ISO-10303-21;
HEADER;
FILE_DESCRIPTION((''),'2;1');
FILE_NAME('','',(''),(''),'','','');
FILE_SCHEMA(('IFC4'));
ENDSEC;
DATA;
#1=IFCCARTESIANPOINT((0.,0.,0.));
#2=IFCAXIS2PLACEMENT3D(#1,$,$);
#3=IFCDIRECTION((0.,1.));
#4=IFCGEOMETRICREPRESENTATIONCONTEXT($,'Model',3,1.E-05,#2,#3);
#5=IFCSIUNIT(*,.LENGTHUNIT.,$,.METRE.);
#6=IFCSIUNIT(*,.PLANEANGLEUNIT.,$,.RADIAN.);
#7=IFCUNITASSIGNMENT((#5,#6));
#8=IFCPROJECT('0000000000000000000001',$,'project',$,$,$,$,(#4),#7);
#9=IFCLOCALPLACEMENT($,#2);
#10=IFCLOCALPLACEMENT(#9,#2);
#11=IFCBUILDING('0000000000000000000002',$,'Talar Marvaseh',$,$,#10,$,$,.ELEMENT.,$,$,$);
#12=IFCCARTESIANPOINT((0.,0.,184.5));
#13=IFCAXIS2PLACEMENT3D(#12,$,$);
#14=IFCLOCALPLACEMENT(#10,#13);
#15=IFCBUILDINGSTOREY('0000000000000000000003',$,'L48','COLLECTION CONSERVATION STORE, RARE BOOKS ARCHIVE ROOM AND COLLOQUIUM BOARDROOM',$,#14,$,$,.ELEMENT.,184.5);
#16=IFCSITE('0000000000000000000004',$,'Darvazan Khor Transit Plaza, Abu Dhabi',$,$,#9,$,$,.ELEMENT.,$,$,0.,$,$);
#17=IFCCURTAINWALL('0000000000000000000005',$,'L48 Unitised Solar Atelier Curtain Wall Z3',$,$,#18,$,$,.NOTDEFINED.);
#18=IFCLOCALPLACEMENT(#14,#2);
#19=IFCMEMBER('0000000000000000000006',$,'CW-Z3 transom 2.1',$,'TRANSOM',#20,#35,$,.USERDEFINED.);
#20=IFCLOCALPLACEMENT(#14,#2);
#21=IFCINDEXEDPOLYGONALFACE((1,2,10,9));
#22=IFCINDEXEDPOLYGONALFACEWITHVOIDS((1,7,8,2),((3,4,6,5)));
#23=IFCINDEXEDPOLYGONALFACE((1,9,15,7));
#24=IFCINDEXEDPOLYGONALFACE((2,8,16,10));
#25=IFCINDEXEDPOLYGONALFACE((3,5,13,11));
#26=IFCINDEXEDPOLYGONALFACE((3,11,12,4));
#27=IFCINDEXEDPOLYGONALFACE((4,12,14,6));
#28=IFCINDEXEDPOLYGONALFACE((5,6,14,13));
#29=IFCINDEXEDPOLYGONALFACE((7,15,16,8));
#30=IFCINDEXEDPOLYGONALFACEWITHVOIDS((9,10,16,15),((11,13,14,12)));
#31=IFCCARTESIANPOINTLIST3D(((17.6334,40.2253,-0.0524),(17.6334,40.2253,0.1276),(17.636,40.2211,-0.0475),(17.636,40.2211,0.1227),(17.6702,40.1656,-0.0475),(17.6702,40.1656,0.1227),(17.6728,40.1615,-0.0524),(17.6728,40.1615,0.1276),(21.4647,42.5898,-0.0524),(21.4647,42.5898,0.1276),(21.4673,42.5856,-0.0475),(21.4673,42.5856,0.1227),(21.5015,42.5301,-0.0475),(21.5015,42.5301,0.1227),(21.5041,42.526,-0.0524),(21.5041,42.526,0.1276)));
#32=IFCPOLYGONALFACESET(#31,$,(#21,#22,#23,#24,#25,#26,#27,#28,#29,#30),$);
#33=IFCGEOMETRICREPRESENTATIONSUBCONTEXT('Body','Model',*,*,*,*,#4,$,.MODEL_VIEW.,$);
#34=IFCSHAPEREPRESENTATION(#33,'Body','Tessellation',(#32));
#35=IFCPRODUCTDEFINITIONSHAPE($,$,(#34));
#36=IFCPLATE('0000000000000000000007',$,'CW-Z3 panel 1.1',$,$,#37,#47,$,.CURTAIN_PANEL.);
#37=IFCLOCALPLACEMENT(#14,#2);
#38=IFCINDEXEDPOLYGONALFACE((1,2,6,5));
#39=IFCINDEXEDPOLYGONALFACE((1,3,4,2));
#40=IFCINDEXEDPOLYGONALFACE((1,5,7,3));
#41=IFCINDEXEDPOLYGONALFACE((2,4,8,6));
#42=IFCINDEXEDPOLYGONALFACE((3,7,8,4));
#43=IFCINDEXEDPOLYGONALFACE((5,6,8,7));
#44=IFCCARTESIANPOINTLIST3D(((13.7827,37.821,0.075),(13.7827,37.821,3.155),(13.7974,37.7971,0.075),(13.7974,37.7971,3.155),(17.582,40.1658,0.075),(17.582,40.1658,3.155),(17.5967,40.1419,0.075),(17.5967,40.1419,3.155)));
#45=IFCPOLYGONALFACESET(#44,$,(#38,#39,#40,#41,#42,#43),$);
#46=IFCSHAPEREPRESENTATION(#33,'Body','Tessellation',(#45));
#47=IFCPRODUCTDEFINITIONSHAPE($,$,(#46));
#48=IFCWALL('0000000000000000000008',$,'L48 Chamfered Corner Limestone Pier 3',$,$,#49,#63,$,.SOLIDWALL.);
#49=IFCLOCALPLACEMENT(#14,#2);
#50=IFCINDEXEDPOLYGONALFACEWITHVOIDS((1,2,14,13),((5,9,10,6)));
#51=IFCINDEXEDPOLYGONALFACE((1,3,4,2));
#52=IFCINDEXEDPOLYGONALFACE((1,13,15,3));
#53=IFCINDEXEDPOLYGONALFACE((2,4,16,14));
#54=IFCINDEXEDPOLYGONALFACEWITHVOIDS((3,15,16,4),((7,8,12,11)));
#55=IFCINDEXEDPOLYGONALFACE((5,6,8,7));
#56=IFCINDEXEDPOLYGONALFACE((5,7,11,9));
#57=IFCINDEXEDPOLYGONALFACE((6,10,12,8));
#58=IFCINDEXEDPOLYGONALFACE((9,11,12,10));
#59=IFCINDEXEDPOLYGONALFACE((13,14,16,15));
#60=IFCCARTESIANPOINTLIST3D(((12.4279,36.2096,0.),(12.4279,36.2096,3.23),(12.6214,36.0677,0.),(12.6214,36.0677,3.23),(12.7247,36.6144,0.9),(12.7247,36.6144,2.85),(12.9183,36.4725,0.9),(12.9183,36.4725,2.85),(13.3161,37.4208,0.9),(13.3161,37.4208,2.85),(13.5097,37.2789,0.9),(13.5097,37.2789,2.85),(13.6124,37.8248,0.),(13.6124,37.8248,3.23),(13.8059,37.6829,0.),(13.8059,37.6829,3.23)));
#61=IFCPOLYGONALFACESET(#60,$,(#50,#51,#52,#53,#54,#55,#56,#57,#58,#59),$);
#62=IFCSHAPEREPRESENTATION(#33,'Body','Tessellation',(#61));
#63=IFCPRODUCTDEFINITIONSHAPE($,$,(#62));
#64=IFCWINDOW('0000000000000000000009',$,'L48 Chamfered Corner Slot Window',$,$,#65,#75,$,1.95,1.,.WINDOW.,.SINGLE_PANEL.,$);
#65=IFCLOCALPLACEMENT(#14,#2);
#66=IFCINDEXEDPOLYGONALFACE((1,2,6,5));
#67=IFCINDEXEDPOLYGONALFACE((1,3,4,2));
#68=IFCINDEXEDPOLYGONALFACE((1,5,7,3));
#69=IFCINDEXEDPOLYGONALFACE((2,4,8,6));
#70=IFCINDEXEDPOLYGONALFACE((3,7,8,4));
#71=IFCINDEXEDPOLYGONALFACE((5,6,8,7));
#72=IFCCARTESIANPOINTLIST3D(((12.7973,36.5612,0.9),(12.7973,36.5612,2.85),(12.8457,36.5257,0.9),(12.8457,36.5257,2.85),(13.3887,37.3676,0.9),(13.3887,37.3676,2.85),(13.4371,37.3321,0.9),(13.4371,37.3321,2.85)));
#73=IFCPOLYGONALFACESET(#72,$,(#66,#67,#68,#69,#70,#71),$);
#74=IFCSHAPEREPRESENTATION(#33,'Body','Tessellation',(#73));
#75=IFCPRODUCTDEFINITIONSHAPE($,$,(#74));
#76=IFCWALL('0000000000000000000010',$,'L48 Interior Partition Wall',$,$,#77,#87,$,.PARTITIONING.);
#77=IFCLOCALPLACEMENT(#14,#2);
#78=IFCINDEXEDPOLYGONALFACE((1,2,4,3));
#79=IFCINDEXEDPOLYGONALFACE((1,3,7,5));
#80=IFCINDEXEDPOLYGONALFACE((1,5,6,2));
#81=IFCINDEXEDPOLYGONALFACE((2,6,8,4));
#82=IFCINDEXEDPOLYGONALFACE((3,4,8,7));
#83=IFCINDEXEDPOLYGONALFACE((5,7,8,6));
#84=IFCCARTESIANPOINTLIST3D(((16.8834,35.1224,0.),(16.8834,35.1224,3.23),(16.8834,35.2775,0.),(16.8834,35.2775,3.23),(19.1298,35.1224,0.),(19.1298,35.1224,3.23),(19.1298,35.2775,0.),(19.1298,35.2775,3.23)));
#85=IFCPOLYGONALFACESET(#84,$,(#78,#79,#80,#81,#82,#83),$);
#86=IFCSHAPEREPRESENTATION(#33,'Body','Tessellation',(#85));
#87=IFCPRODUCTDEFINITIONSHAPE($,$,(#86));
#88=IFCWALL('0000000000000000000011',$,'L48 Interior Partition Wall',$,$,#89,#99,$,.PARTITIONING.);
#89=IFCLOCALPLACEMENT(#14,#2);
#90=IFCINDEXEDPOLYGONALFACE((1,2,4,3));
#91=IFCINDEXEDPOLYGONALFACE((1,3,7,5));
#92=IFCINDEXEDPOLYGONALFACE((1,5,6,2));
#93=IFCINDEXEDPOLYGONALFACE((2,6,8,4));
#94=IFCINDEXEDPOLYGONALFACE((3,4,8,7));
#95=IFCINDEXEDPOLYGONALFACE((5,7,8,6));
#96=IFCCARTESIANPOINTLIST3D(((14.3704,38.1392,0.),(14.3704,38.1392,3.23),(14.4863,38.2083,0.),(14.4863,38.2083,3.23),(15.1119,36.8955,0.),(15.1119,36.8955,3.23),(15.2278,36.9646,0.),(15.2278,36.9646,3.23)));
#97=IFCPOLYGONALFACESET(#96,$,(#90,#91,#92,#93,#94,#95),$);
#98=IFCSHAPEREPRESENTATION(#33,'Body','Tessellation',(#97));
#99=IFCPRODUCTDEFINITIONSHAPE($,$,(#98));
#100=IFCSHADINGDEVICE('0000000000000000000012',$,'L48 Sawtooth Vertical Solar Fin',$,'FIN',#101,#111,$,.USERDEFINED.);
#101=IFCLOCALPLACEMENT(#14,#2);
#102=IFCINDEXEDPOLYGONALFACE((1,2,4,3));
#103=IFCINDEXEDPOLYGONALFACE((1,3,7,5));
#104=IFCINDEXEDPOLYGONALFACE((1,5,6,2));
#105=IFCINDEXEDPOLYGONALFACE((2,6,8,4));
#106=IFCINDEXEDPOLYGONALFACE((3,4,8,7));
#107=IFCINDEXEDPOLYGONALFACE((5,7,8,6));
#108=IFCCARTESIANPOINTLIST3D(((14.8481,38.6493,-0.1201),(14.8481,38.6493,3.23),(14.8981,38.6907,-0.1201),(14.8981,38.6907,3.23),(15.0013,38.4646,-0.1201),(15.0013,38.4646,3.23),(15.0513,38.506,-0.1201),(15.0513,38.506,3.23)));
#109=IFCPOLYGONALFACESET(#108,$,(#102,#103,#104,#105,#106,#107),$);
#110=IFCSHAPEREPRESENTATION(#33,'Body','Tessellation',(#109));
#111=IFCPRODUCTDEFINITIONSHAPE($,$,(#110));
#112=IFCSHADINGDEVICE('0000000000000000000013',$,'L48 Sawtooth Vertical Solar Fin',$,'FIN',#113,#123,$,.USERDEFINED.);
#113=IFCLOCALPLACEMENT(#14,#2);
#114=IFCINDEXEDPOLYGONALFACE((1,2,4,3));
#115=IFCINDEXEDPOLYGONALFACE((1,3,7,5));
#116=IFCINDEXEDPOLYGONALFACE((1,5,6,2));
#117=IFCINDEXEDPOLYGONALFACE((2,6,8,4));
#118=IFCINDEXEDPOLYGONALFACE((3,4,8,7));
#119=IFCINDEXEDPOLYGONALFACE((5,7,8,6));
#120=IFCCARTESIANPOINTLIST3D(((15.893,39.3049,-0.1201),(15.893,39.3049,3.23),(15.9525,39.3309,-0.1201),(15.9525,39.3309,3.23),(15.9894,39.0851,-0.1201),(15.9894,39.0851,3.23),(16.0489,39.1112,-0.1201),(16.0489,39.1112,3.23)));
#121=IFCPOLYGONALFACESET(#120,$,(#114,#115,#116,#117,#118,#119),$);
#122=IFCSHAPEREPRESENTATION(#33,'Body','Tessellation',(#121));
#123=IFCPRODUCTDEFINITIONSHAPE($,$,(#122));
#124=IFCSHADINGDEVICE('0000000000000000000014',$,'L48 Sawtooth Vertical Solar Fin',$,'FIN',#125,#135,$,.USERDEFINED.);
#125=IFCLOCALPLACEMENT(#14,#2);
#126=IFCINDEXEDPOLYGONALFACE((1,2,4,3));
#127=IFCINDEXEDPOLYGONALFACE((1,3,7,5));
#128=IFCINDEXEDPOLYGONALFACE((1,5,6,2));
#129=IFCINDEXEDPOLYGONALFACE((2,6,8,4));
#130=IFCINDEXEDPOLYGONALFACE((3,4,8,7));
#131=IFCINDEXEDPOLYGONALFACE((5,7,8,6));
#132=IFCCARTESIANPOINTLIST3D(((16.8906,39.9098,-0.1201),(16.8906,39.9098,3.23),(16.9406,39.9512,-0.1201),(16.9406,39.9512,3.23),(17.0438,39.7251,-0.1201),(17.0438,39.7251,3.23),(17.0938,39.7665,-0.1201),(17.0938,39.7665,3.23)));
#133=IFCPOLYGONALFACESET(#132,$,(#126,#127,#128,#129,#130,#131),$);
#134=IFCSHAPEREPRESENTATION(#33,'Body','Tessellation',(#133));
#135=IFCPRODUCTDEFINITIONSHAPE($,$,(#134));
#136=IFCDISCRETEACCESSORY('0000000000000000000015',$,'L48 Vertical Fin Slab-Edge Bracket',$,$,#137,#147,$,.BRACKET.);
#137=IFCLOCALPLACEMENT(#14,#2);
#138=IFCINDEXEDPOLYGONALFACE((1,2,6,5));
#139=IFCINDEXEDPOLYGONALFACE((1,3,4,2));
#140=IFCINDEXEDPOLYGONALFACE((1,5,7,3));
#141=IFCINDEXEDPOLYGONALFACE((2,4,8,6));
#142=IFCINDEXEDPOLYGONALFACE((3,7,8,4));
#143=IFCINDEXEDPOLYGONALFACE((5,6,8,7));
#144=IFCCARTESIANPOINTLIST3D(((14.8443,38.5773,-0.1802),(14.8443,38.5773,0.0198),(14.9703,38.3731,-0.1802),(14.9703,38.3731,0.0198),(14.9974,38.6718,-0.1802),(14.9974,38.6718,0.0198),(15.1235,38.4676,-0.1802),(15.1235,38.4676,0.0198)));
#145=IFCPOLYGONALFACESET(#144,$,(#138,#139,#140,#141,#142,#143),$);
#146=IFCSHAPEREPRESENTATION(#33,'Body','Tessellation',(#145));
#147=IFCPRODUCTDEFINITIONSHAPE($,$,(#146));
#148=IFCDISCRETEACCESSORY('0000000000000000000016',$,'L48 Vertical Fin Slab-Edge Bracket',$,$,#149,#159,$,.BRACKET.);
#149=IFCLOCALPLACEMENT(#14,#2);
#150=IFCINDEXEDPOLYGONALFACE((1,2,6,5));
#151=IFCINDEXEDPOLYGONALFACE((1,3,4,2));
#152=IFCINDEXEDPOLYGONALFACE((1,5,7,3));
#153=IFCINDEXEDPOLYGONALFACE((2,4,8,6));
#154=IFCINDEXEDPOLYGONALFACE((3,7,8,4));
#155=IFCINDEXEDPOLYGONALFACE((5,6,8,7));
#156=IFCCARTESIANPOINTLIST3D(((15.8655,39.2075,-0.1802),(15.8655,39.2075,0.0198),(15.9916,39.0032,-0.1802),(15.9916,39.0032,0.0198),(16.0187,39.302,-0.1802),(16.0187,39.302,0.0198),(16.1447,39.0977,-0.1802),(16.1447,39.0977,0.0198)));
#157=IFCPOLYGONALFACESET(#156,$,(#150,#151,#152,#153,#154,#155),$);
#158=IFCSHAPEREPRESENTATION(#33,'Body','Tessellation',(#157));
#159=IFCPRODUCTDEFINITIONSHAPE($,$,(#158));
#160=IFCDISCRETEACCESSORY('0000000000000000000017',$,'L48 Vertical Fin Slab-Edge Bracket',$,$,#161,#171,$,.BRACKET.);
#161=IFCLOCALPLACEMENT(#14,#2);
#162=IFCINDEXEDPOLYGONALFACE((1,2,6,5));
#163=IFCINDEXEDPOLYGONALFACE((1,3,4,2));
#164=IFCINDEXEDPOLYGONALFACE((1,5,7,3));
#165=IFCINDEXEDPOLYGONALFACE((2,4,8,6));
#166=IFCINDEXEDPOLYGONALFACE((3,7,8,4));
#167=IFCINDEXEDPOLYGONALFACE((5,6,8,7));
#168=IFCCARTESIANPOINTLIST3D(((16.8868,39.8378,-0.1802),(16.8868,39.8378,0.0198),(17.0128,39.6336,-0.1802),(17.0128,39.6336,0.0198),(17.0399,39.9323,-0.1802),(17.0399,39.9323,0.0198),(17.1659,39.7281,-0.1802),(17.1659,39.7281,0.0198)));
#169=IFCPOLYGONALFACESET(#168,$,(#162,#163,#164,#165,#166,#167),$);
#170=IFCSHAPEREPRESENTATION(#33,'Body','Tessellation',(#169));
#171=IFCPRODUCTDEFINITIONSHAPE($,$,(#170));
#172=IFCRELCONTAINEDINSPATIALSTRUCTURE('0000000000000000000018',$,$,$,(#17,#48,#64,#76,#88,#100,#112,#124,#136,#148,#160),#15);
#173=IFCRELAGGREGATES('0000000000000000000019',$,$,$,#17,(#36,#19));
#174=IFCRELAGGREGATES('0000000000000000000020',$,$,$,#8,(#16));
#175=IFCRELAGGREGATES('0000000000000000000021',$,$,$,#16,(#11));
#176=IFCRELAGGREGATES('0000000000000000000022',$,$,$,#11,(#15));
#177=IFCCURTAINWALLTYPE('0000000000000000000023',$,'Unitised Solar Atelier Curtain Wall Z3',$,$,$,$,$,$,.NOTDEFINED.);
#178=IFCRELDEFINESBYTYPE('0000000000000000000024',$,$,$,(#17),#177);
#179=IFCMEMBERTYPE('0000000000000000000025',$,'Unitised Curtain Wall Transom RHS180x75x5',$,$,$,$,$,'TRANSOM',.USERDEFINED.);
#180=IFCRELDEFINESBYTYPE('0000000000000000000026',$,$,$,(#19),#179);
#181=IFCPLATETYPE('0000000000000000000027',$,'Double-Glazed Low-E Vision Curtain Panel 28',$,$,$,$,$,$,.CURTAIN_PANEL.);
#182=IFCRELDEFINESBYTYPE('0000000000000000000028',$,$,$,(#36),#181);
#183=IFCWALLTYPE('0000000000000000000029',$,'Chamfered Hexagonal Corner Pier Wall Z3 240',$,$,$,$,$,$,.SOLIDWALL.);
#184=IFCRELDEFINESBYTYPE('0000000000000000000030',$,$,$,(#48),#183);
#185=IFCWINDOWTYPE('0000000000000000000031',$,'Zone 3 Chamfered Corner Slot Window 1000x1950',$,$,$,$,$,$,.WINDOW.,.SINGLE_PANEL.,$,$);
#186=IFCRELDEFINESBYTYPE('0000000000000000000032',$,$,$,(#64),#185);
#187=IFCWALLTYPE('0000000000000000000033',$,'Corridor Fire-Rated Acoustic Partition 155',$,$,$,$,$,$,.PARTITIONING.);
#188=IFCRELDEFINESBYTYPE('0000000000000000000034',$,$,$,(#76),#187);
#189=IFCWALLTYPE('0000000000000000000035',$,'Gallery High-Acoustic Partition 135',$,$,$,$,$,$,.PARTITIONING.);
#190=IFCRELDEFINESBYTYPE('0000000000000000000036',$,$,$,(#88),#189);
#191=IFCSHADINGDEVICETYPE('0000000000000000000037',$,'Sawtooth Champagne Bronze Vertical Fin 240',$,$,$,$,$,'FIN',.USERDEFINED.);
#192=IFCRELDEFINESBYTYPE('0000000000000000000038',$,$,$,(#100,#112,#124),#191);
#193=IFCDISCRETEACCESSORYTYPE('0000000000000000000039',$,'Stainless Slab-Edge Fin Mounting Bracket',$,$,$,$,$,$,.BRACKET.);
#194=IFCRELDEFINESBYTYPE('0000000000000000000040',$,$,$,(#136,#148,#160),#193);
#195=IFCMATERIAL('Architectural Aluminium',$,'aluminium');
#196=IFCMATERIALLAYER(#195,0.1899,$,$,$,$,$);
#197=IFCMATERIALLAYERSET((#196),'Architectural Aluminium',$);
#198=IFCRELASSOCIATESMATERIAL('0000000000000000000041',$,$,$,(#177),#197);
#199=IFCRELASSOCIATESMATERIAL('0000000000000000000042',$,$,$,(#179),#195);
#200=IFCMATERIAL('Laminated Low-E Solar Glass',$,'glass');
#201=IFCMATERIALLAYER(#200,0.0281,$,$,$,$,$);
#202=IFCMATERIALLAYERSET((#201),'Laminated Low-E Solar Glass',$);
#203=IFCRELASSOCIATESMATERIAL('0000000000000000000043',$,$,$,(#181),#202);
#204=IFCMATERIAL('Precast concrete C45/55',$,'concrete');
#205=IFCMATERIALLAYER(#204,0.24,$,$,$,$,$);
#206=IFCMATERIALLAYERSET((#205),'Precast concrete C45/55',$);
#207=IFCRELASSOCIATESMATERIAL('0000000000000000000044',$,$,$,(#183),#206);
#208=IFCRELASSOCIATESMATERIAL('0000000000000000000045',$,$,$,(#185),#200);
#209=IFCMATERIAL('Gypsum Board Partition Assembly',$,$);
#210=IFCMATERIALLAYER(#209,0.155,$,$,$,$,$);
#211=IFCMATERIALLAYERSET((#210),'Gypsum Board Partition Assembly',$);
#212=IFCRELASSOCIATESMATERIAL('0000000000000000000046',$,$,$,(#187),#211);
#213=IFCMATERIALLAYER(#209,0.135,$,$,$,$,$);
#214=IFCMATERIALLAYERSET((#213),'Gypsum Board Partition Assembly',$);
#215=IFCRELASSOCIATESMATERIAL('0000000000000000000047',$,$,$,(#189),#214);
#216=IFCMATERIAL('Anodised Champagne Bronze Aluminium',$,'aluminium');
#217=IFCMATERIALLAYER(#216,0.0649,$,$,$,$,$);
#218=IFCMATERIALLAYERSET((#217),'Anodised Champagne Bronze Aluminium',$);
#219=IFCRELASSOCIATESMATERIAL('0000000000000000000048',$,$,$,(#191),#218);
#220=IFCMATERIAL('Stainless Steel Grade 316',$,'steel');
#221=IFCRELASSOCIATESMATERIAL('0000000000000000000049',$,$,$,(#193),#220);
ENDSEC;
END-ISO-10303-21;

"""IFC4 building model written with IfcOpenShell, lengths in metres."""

from ifc_helpers import new_model, si_unit, direction, frame, frame_2d, origin, origin_2d, place, context, subcontext, project, spatial, rectangle, hollow_rectangle, extrude, source, transform, mapped, material, layer, layer_set, material_profile, profile_set, type_object, type_shapes, element, fill, aggregate, save


model = new_model("IFC4")

# Units and contexts
model_context = context("Model", 3, precision=1e-05, world=origin(), true_north=direction((0.0, 1.0)))
body_context = subcontext(model_context, "Body", "Model", "MODEL_VIEW")
ifc_project = project(units=[si_unit("LENGTHUNIT", "METRE"), si_unit("PLANEANGLEUNIT", "RADIAN")], contexts=[model_context])

# Site, building, storey
site_placement = place(None, origin())
site = spatial("IfcSite", under=ifc_project, at=site_placement, Name="Darvazan Khor Transit Plaza, Abu Dhabi", CompositionType="ELEMENT", RefElevation=0.0)
building_placement = place(site_placement, origin())
building = spatial("IfcBuilding", under=site, at=building_placement, Name="Talar Marvaseh", CompositionType="ELEMENT")
storey_placement = place(building_placement, frame((0.0, 0.0, 184.5)))
storey = spatial("IfcBuildingStorey", under=building, at=storey_placement, Name="L48", Description="COLLECTION CONSERVATION STORE, RARE BOOKS ARCHIVE ROOM AND COLLOQUIUM BOARDROOM", CompositionType="ELEMENT", Elevation=184.5)

# Shared definitions
ifc_material_1 = material(Name="Architectural Aluminium", Category="aluminium")
ifc_layer_1 = layer(ifc_material_1, 0.1899)
ifc_layer_set_1 = layer_set([ifc_layer_1], Name="Architectural Aluminium")
curtain_wall_type = type_object("IfcCurtainWallType", Name="Unitised Solar Atelier Curtain Wall Z3", PredefinedType="NOTDEFINED", material=ifc_layer_set_1)

# Curtain wall, member, plate
curtain_wall_1_placement = place(storey_placement, origin())
curtain_wall_1 = element("IfcCurtainWall", 1, at=curtain_wall_1_placement, inside=storey, type_object=curtain_wall_type, Name="L48 Unitised Solar Atelier Curtain Wall Z3", PredefinedType="NOTDEFINED")
ifc_material_profile_1 = material_profile(ifc_material_1, hollow_rectangle(XDim=0.075, YDim=0.1799, WallThickness=0.0049, at=origin_2d()), Name="RHS180x75x5")
ifc_profile_set_1 = profile_set([ifc_material_profile_1], Name="Architectural Aluminium")
member_type_1 = type_object("IfcMemberType", Name="Unitised Curtain Wall Transom RHS180x75x5", ElementType="TRANSOM", PredefinedType="USERDEFINED", material=ifc_profile_set_1)
shared_shape_1 = source(origin(), body_context, "Body", "SweptSolid", [
    extrude(hollow_rectangle(XDim=0.075, YDim=0.1799, WallThickness=0.0049, at=origin_2d()), origin(), (0.0, 0.0, 1.0), 4.5022),
])
member_1_placement = place(storey_placement, frame((17.6531, 40.1934, 0.0376), z_axis=(0.850985, 0.525189, 0.0), x_axis=(-0.525189, 0.850985, 0.0)))
member_1 = element("IfcMember", 2, at=member_1_placement, type_object=member_type_1, Name="CW-Z3 transom 2.1", ObjectType="TRANSOM", PredefinedType="USERDEFINED", context=body_context, shape_type="MappedRepresentation", body=[
    mapped(shared_shape_1, transform((0.0, 0.0, 0.0), x_axis=(1.0, 0.0, 0.0), y_axis=(0.0, 1.0, 0.0), z_axis=(0.0, 0.0, 1.0), scale=1.0)),
])
ifc_material_2 = material(Name="Laminated Low-E Solar Glass", Category="glass")
ifc_layer_2 = layer(ifc_material_2, 0.0281)
ifc_layer_set_2 = layer_set([ifc_layer_2], Name="Laminated Low-E Solar Glass")
plate_type = type_object("IfcPlateType", Name="Double-Glazed Low-E Vision Curtain Panel 28", PredefinedType="CURTAIN_PANEL", material=ifc_layer_set_2)
shared_shape_2 = source(origin(), body_context, "Body", "SweptSolid", [
    extrude(rectangle(XDim=4.4646, YDim=0.0281, at=origin_2d()), origin(), (0.0, 0.0, 1.0), 3.0801),
])
type_shapes(plate_type, [shared_shape_2])
plate_placement = place(storey_placement, frame((15.6897, 38.9814, 0.075), z_axis=(0.0, 0.0, 1.0), x_axis=(0.850977, 0.525203, 0.0)))
plate = element("IfcPlate", 3, at=plate_placement, type_object=plate_type, Name="CW-Z3 panel 1.1", PredefinedType="CURTAIN_PANEL", context=body_context, shape_type="MappedRepresentation", body=[
    mapped(shared_shape_2, transform((0.0, 0.0, 0.0), x_axis=(1.0, 0.0, 0.0), y_axis=(0.0, 1.0, 0.0), z_axis=(0.0, 0.0, 1.0), scale=1.0)),
])
aggregate(curtain_wall_1, [plate, member_1])

# Wall, opening, window
ifc_material_3 = material(Name="Precast concrete C45/55", Category="concrete")
ifc_layer_3 = layer(ifc_material_3, 0.24)
ifc_layer_set_3 = layer_set([ifc_layer_3], Name="Precast concrete C45/55")
wall_type_1 = type_object("IfcWallType", Name="Chamfered Hexagonal Corner Pier Wall Z3 240", PredefinedType="SOLIDWALL", material=ifc_layer_set_3)
wall_1_placement = place(storey_placement, frame((12.5247, 36.1387, 0.0), z_axis=(0.0, 0.0, 1.0), x_axis=(0.591385, 0.806389, 0.0)))
wall_1 = element("IfcWall", 4, at=wall_1_placement, inside=storey, type_object=wall_type_1, Name="L48 Chamfered Corner Limestone Pier 3", PredefinedType="SOLIDWALL", context=body_context, shape_type="SweptSolid", body=[
    extrude(rectangle(XDim=2.0029, YDim=0.24, at=frame_2d((1.0015, 0.0))), origin(), (0.0, 0.0, 1.0), 3.23),
])
opening_placement = place(wall_1_placement, frame((0.502, 0.0, 0.8999)))
opening = element("IfcOpeningElement", 5, at=opening_placement, cuts=wall_1, PredefinedType="OPENING", context=body_context, shape_type="SweptSolid", body=[
    extrude(rectangle(XDim=1.0, YDim=1.95, at=frame_2d((0.5, 0.9751))), frame((0.0, 0.1299, 0.0), z_axis=(0.0, -1.0, 0.0), x_axis=(1.0, 0.0, 0.0)), (0.0, 0.0, 1.0), 0.26),
])
window_type = type_object("IfcWindowType", Name="Zone 3 Chamfered Corner Slot Window 1000x1950", PartitioningType="SINGLE_PANEL", PredefinedType="WINDOW", material=ifc_material_2)
shared_shape_3 = source(origin(), body_context, "Body", "SweptSolid", [
    extrude(rectangle(XDim=1.0, YDim=1.95, at=frame_2d((0.5, 0.9751))), frame((0.0, 0.03, 0.0), z_axis=(0.0, -1.0, 0.0), x_axis=(1.0, 0.0, 0.0)), (0.0, 0.0, 1.0), 0.0601),
])
type_shapes(window_type, [shared_shape_3])
window_placement = place(opening_placement, origin())
window = element("IfcWindow", 6, at=window_placement, inside=storey, type_object=window_type, Name="L48 Chamfered Corner Slot Window", OverallHeight=1.95, OverallWidth=1.0, PartitioningType="SINGLE_PANEL", PredefinedType="WINDOW", context=body_context, shape_type="MappedRepresentation", body=[
    mapped(shared_shape_3, transform((0.0, 0.0, 0.0), x_axis=(1.0, 0.0, 0.0), y_axis=(0.0, 1.0, 0.0), z_axis=(0.0, 0.0, 1.0), scale=1.0)),
])
fill(opening, window)

# Walls
ifc_material_4 = material(Name="Gypsum Board Partition Assembly")
ifc_layer_4 = layer(ifc_material_4, 0.155)
ifc_layer_set_4 = layer_set([ifc_layer_4], Name="Gypsum Board Partition Assembly")
wall_type_2 = type_object("IfcWallType", Name="Corridor Fire-Rated Acoustic Partition 155", PredefinedType="PARTITIONING", material=ifc_layer_set_4)
wall_2_placement = place(storey_placement, frame((16.8835, 35.2, 0.0), z_axis=(0.0, 0.0, 1.0), x_axis=(1.0, 0.0, 0.0)))
element("IfcWall", 7, at=wall_2_placement, inside=storey, type_object=wall_type_2, Name="L48 Interior Partition Wall", PredefinedType="PARTITIONING", context=body_context, shape_type="SweptSolid", body=[
    extrude(rectangle(XDim=2.2463, YDim=0.155, at=frame_2d((1.123, 0.0))), origin(), (0.0, 0.0, 1.0), 3.23),
])
ifc_layer_5 = layer(ifc_material_4, 0.135)
ifc_layer_set_5 = layer_set([ifc_layer_5], Name="Gypsum Board Partition Assembly")
wall_type_3 = type_object("IfcWallType", Name="Gallery High-Acoustic Partition 135", PredefinedType="PARTITIONING", material=ifc_layer_set_5)
wall_3_placement = place(storey_placement, frame((15.1699, 36.9299, 0.0), z_axis=(0.0, 0.0, 1.0), x_axis=(-0.512088, 0.858933, 0.0)))
element("IfcWall", 8, at=wall_3_placement, inside=storey, type_object=wall_type_3, Name="L48 Interior Partition Wall", PredefinedType="PARTITIONING", context=body_context, shape_type="SweptSolid", body=[
    extrude(rectangle(XDim=1.448, YDim=0.135, at=frame_2d((0.7241, 0.0))), origin(), (0.0, 0.0, 1.0), 3.23),
])

# Shading devices
ifc_material_5 = material(Name="Anodised Champagne Bronze Aluminium", Category="aluminium")
ifc_layer_6 = layer(ifc_material_5, 0.0649)
ifc_layer_set_6 = layer_set([ifc_layer_6], Name="Anodised Champagne Bronze Aluminium")
shading_device_type = type_object("IfcShadingDeviceType", Name="Sawtooth Champagne Bronze Vertical Fin 240", ElementType="FIN", PredefinedType="USERDEFINED", material=ifc_layer_set_6)
shared_shape_4 = source(origin(), body_context, "Body", "SweptSolid", [
    extrude(rectangle(XDim=0.24, YDim=0.0649, at=origin_2d()), origin(), (0.0, 0.0, 1.0), 3.3501),
])
type_shapes(shading_device_type, [shared_shape_4])
for number, where, z_axis, x_axis, name in (
    (9, (14.9497, 38.5776, -0.1201), (0.0, 0.0, 1.0), (-0.638499, 0.769622, 0.0), "L48 Sawtooth Vertical Solar Fin"),
    (10, (15.9709, 39.208, -0.1201), (0.0, 0.0, 1.0), (-0.401628, 0.915803, 0.0), "L48 Sawtooth Vertical Solar Fin"),
    (11, (16.9922, 39.8381, -0.1201), (0.0, 0.0, 1.0), (-0.638499, 0.769622, 0.0), "L48 Sawtooth Vertical Solar Fin"),
):
    element("IfcShadingDevice", number, at=place(storey_placement, frame(where, z_axis=z_axis, x_axis=x_axis)), inside=storey, type_object=shading_device_type, Name=name, ObjectType="FIN", PredefinedType="USERDEFINED", context=body_context, shape_type="MappedRepresentation", body=[
        mapped(shared_shape_4, transform((0.0, 0.0, 0.0), x_axis=(1.0, 0.0, 0.0), y_axis=(0.0, 1.0, 0.0), z_axis=(0.0, 0.0, 1.0), scale=1.0)),
    ])

# Discrete accessories
ifc_material_6 = material(Name="Stainless Steel Grade 316", Category="steel")
discrete_accessory_type = type_object("IfcDiscreteAccessoryType", Name="Stainless Slab-Edge Fin Mounting Bracket", PredefinedType="BRACKET", material=ifc_material_6)
shared_shape_5 = source(origin(), body_context, "Body", "SweptSolid", [
    extrude(rectangle(XDim=0.24, YDim=0.1799, at=origin_2d()), origin(), (0.0, 0.0, 1.0), 0.2),
])
type_shapes(discrete_accessory_type, [shared_shape_5])
for number, where, z_axis, x_axis, name in (
    (12, (14.9839, 38.5225, -0.1802), (0.0, 0.0, 1.0), (-0.525175, 0.850994, 0.0), "L48 Vertical Fin Slab-Edge Bracket"),
    (13, (16.0051, 39.1526, -0.1802), (0.0, 0.0, 1.0), (-0.525175, 0.850994, 0.0), "L48 Vertical Fin Slab-Edge Bracket"),
    (14, (17.0264, 39.783, -0.1802), (0.0, 0.0, 1.0), (-0.525175, 0.850994, 0.0), "L48 Vertical Fin Slab-Edge Bracket"),
):
    element("IfcDiscreteAccessory", number, at=place(storey_placement, frame(where, z_axis=z_axis, x_axis=x_axis)), inside=storey, type_object=discrete_accessory_type, Name=name, PredefinedType="BRACKET", context=body_context, shape_type="MappedRepresentation", body=[
        mapped(shared_shape_5, transform((0.0, 0.0, 0.0), x_axis=(1.0, 0.0, 0.0), y_axis=(0.0, 1.0, 0.0), z_axis=(0.0, 0.0, 1.0), scale=1.0)),
    ])

save(model, "model.ifc")
